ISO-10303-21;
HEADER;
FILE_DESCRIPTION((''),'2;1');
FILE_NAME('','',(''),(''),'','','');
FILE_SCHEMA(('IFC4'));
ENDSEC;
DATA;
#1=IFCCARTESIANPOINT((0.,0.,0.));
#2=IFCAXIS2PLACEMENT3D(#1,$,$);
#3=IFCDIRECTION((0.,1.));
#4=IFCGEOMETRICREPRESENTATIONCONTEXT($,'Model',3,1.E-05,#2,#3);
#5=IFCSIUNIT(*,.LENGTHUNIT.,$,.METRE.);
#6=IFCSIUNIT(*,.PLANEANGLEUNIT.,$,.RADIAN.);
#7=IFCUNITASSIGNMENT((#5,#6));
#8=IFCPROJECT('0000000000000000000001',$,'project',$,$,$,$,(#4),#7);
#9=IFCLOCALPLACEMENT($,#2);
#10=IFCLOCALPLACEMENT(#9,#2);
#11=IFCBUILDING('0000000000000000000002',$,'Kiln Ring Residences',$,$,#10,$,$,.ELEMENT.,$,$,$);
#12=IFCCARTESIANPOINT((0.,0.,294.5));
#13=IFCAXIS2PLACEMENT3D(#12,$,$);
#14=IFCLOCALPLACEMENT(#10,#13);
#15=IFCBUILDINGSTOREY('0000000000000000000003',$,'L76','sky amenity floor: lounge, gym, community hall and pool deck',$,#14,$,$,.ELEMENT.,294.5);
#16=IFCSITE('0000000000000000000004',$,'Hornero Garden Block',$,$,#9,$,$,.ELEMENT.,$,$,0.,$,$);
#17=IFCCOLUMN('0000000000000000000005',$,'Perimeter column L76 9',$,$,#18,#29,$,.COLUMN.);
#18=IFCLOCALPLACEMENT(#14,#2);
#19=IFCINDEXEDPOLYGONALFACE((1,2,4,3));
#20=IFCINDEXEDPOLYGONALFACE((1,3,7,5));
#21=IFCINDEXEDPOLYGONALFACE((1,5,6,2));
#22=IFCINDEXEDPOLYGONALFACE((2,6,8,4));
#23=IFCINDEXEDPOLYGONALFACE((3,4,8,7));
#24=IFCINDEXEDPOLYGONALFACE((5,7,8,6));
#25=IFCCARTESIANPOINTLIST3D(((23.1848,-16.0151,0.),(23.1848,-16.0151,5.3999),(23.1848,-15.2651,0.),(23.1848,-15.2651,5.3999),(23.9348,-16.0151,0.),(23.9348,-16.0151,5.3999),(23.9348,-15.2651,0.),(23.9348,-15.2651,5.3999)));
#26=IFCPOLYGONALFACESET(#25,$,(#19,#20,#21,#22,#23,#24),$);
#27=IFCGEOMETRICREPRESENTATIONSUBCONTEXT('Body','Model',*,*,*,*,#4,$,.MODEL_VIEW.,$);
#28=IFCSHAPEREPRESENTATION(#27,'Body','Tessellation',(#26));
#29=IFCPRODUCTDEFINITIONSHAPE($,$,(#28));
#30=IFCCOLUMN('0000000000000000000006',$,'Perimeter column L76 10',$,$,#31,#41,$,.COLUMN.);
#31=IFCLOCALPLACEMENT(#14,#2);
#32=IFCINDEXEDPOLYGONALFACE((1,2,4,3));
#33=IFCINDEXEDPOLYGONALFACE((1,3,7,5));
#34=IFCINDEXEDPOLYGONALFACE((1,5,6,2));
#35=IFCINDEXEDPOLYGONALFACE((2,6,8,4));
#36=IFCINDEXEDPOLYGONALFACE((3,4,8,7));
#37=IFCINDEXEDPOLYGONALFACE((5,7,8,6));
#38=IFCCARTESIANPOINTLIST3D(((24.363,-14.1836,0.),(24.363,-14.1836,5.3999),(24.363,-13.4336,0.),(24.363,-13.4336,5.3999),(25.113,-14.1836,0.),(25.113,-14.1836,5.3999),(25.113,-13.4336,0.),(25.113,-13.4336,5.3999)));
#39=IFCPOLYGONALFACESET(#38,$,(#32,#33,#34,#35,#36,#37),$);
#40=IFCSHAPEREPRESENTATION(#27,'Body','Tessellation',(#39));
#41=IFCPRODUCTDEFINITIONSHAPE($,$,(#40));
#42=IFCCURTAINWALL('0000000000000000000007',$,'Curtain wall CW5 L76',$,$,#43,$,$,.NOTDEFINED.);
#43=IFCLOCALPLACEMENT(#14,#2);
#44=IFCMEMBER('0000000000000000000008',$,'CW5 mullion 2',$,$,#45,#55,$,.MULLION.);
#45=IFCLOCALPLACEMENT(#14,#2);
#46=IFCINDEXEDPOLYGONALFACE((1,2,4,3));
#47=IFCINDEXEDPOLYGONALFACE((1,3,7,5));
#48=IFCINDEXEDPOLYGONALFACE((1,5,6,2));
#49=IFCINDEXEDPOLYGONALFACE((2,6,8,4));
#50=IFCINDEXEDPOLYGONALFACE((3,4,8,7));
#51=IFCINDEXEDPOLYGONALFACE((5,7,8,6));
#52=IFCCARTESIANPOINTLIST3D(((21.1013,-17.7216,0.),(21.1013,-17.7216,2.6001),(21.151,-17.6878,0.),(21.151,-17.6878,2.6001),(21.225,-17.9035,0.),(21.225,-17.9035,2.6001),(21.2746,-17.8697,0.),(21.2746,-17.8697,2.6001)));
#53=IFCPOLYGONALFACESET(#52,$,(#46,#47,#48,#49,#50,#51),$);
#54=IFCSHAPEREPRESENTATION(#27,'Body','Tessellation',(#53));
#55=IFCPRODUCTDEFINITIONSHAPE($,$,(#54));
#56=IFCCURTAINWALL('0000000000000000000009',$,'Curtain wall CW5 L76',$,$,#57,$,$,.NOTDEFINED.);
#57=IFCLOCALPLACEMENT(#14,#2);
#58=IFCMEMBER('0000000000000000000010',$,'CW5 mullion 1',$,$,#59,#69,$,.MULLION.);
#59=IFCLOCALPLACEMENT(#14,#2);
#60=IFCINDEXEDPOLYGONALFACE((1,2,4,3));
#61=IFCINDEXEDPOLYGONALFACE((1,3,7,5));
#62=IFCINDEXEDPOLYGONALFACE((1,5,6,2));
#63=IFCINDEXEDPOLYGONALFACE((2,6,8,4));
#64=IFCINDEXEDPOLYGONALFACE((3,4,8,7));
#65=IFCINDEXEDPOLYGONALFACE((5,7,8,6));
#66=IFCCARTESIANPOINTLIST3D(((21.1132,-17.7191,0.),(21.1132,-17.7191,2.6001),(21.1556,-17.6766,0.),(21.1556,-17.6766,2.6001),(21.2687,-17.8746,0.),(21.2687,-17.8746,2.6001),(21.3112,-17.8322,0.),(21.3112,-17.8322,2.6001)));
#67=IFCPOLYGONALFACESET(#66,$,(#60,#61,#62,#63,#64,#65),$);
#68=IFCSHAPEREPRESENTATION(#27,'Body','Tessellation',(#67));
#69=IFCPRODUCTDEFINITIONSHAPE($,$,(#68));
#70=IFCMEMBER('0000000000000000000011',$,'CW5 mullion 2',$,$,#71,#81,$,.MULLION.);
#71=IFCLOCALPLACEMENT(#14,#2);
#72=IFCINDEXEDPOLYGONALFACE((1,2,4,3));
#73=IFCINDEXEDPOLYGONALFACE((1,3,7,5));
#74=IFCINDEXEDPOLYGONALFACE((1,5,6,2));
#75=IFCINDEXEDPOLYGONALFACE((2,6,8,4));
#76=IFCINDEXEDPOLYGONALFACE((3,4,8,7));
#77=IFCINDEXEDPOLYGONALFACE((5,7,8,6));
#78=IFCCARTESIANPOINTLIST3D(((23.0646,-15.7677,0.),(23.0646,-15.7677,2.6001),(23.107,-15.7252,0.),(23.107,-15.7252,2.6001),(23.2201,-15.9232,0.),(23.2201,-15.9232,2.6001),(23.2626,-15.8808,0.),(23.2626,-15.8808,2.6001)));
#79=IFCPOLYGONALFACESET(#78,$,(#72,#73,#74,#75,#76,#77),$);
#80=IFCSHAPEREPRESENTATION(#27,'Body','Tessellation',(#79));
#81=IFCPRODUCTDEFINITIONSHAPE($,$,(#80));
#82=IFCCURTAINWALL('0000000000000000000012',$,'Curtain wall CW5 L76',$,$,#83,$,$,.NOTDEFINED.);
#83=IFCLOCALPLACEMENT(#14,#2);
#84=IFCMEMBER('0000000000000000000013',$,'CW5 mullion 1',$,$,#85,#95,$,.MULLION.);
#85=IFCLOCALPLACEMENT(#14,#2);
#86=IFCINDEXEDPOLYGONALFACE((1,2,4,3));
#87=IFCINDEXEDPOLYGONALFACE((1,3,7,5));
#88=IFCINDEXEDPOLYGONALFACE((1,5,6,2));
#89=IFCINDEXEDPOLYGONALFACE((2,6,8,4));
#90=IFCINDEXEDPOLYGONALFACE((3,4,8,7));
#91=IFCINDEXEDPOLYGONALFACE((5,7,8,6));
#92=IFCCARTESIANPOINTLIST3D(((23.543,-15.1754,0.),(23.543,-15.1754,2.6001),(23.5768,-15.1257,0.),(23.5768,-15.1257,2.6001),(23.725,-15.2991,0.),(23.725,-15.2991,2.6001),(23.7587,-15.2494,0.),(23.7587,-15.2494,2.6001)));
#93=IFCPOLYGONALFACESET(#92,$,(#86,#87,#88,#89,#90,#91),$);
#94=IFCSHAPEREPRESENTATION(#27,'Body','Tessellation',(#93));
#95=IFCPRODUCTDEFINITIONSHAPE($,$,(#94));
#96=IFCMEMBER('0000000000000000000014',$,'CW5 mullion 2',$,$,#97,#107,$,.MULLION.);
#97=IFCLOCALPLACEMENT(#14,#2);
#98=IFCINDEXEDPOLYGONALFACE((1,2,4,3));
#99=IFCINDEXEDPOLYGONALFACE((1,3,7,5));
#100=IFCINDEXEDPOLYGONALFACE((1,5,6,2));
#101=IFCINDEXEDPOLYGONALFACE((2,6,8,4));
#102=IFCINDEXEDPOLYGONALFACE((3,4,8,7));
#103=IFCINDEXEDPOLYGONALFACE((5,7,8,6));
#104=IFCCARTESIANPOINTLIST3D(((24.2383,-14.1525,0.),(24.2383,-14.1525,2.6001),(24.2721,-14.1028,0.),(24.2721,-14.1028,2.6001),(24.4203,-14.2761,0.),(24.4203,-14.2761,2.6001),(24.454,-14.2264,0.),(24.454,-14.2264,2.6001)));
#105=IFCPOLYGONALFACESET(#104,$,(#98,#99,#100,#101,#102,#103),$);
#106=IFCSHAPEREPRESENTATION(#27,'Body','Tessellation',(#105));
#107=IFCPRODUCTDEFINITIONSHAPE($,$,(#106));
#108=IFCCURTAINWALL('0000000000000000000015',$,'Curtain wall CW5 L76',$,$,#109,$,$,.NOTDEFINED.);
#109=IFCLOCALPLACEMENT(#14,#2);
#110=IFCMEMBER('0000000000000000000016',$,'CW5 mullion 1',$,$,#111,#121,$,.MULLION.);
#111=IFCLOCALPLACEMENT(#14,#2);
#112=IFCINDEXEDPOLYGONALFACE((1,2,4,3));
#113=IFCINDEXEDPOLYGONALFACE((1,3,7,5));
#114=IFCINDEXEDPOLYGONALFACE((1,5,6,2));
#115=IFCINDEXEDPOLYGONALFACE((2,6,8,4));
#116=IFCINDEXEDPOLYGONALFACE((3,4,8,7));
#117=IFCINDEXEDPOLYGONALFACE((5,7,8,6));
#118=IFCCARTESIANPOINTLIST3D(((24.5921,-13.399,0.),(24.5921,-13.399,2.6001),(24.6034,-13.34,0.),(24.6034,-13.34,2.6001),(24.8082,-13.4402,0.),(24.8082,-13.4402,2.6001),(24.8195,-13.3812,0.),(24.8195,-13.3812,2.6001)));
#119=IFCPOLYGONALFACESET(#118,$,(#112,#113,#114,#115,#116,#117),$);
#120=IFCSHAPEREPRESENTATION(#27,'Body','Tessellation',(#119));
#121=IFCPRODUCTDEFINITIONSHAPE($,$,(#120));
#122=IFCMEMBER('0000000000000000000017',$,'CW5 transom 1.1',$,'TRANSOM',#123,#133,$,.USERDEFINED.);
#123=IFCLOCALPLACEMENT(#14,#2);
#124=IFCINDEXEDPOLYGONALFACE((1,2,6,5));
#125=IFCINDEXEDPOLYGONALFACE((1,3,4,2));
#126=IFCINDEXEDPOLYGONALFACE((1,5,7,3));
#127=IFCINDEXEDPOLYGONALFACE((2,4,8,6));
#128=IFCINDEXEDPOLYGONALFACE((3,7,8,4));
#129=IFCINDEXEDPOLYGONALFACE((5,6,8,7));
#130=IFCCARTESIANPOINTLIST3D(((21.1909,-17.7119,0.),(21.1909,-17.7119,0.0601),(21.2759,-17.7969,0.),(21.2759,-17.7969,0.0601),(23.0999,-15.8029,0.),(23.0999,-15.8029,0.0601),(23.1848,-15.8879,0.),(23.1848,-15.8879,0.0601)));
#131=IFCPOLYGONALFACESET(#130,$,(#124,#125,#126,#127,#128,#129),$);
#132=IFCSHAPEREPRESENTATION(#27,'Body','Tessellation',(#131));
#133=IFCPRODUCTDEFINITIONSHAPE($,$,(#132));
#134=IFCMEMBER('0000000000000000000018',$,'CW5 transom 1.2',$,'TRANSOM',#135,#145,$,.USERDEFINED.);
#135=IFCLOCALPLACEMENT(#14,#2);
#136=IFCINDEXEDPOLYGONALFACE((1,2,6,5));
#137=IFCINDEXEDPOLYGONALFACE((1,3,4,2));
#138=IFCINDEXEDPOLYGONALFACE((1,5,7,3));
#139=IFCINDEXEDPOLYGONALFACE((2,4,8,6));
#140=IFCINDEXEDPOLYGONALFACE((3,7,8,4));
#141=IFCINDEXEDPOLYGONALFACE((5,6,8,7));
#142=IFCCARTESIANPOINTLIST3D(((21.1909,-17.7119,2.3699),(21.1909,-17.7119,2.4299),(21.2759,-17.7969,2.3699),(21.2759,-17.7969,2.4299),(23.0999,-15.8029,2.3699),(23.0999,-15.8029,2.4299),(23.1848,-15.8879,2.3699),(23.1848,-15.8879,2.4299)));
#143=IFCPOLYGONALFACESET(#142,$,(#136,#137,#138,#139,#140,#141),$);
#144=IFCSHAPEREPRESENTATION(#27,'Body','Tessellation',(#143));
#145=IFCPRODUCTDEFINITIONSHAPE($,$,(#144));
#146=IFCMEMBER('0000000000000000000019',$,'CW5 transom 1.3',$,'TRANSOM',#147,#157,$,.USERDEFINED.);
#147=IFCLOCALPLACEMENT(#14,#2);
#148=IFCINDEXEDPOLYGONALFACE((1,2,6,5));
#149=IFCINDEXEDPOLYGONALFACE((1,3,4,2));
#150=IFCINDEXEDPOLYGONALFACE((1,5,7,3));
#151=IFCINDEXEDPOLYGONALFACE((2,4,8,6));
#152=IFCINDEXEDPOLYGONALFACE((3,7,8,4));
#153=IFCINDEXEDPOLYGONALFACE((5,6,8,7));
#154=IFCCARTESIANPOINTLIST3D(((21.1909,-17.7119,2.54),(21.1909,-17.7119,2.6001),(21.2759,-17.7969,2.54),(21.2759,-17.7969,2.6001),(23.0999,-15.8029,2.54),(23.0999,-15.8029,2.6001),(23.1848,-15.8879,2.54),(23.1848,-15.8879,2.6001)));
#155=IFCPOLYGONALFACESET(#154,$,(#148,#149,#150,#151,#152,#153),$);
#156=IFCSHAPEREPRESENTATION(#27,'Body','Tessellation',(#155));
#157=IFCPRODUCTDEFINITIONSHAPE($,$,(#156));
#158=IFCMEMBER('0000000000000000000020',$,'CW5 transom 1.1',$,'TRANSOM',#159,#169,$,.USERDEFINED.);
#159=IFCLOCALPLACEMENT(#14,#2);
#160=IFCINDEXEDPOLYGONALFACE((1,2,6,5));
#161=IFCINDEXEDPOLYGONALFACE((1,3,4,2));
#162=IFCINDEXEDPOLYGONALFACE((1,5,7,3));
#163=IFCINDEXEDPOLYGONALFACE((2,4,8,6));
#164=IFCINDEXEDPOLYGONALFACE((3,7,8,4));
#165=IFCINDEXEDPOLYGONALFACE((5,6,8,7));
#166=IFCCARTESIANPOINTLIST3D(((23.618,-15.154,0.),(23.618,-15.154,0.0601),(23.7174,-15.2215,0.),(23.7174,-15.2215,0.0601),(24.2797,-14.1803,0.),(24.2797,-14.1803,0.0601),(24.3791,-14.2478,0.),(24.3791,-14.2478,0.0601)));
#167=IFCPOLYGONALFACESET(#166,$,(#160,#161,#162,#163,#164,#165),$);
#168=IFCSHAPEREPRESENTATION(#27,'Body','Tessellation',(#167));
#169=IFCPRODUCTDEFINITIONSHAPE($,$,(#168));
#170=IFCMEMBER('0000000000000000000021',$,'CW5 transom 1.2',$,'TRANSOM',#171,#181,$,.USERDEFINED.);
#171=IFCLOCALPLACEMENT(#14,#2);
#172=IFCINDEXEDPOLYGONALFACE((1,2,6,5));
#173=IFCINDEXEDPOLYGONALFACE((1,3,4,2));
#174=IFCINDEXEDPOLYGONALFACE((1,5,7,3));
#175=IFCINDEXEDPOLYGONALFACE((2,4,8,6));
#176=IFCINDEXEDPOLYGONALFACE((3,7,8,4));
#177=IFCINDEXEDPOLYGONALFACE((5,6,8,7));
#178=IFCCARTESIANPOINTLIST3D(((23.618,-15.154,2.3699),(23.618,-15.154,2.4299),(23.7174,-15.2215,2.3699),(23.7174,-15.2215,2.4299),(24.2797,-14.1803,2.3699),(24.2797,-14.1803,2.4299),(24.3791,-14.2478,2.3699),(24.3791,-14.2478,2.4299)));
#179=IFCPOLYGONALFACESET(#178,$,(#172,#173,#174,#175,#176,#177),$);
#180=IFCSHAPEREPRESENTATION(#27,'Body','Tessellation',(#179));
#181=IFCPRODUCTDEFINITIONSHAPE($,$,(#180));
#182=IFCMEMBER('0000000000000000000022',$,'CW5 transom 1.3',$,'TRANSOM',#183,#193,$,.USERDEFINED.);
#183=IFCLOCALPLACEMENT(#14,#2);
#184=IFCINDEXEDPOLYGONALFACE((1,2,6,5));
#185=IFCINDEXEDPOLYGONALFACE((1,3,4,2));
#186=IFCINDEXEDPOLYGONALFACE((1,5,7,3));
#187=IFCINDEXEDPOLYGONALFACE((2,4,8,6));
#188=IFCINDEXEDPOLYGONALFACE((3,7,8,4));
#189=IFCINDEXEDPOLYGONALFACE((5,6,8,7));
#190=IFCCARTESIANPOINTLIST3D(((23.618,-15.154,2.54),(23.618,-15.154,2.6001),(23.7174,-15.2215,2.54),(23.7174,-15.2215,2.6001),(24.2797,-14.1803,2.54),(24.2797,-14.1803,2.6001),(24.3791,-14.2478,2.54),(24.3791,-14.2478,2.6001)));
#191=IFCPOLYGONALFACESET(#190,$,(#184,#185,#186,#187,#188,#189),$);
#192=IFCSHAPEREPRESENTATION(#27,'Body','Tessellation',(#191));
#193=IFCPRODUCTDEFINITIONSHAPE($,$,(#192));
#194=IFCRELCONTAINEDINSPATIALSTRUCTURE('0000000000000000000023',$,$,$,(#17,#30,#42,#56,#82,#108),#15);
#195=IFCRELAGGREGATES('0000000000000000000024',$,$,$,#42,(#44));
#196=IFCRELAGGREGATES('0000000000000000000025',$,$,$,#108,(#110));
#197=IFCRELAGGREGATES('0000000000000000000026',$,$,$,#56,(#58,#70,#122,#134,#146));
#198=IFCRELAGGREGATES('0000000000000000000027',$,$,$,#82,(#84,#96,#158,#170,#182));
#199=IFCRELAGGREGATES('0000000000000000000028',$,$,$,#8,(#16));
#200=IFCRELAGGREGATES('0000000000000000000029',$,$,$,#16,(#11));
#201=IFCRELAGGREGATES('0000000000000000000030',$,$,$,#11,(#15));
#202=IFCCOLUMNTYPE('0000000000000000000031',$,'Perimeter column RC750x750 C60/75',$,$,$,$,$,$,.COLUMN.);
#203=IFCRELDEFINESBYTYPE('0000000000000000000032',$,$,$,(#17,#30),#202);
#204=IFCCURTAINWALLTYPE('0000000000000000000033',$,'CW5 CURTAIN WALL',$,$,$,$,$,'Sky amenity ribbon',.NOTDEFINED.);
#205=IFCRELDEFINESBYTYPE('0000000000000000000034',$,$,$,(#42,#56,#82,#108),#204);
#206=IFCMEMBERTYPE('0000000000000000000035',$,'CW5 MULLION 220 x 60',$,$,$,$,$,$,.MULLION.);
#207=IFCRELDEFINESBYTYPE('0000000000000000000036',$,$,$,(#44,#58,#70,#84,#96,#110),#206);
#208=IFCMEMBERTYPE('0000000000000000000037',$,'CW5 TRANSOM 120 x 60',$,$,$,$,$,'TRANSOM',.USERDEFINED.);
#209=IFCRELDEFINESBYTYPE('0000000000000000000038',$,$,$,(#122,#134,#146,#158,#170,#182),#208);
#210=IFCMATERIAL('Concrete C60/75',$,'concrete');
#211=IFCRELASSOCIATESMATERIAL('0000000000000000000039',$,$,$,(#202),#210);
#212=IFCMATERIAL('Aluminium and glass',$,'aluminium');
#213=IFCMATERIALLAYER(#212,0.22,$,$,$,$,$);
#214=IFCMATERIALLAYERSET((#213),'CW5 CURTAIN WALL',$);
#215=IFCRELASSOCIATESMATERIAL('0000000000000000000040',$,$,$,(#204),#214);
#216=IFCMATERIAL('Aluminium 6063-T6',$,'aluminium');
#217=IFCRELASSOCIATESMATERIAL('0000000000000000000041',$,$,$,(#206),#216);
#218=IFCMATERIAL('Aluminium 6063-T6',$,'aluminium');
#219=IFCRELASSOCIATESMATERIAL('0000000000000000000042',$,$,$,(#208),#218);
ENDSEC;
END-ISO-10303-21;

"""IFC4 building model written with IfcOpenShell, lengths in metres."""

from ifc_helpers import new_model, si_unit, direction, frame, origin, origin_2d, place, context, subcontext, project, spatial, rectangle, extrude, material, layer, layer_set, material_profile, profile_set, type_object, element, aggregate, save


model = new_model("IFC4")

# Units and contexts
model_context = context("Model", 3, precision=1e-05, world=origin(), true_north=direction((0.0, 1.0)))
body_context = subcontext(model_context, "Body", "Model", "MODEL_VIEW")
ifc_project = project(units=[si_unit("LENGTHUNIT", "METRE"), si_unit("PLANEANGLEUNIT", "RADIAN")], contexts=[model_context])

# Site, building, storey
site_placement = place(None, origin())
site = spatial("IfcSite", under=ifc_project, at=site_placement, Name="Hornero Garden Block", CompositionType="ELEMENT", RefElevation=0.0)
building_placement = place(site_placement, origin())
building = spatial("IfcBuilding", under=site, at=building_placement, Name="Kiln Ring Residences", CompositionType="ELEMENT")
storey_placement = place(building_placement, frame((0.0, 0.0, 294.5)))
storey = spatial("IfcBuildingStorey", under=building, at=storey_placement, Name="L76", Description="sky amenity floor: lounge, gym, community hall and pool deck", CompositionType="ELEMENT", Elevation=294.5)

# Columns
ifc_material_1 = material(Name="Concrete C60/75", Category="concrete")
ifc_material_profile_1 = material_profile(ifc_material_1, rectangle(XDim=0.75, YDim=0.75, at=origin_2d()), Name="RC750x750")
ifc_profile_set_1 = profile_set([ifc_material_profile_1], Name="Concrete C60/75")
column_type = type_object("IfcColumnType", Name="Perimeter column RC750x750 C60/75", PredefinedType="COLUMN", material=ifc_profile_set_1)
for number, where, z_axis, x_axis, name in (
    (1, (23.5598, -15.6401, 0.0), (0.0, 0.0, 1.0), (1.0, 0.0, 0.0), "Perimeter column L76 9"),
    (2, (24.738, -13.8086, 0.0), (0.0, 0.0, 1.0), (1.0, 0.0, 0.0), "Perimeter column L76 10"),
):
    element("IfcColumn", number, at=place(storey_placement, frame(where, z_axis=z_axis, x_axis=x_axis)), inside=storey, type_object=column_type, Name=name, PredefinedType="COLUMN", context=body_context, shape_type="SweptSolid", body=[
        extrude(rectangle(XDim=0.75, YDim=0.75, at=origin_2d()), origin(), (0.0, 0.0, 1.0), 5.3999),
    ])

# Curtain wall, member
ifc_material_2 = material(Name="Aluminium and glass", Category="aluminium")
ifc_layer_1 = layer(ifc_material_2, 0.22)
ifc_layer_set_1 = layer_set([ifc_layer_1], Name="CW5 CURTAIN WALL")
curtain_wall_type = type_object("IfcCurtainWallType", Name="CW5 CURTAIN WALL", ElementType="Sky amenity ribbon", PredefinedType="NOTDEFINED", material=ifc_layer_set_1)
placement = place(storey_placement, origin())
curtain_wall_1 = element("IfcCurtainWall", 3, at=placement, inside=storey, type_object=curtain_wall_type, Name="Curtain wall CW5 L76", PredefinedType="NOTDEFINED")
ifc_material_3 = material(Name="Aluminium 6063-T6", Category="aluminium")
ifc_material_profile_2 = material_profile(ifc_material_3, rectangle(XDim=0.22, YDim=0.0601, at=origin_2d()), Name="AL 220x60")
ifc_profile_set_2 = profile_set([ifc_material_profile_2], Name="Aluminium 6063-T6")
member_type_1 = type_object("IfcMemberType", Name="CW5 MULLION 220 x 60", PredefinedType="MULLION", material=ifc_profile_set_2)
member_1_placement = place(storey_placement, frame((21.188, -17.7957, 0.0), z_axis=(0.0, 0.0, 1.0), x_axis=(-0.562097, 0.827072, 0.0)))
member_1 = element("IfcMember", 4, at=member_1_placement, type_object=member_type_1, Name="CW5 mullion 2", PredefinedType="MULLION", context=body_context, shape_type="SweptSolid", body=[
    extrude(rectangle(XDim=0.22, YDim=0.0601, at=origin_2d()), origin(), (0.0, 0.0, 1.0), 2.6001),
])
aggregate(curtain_wall_1, [member_1])

# Curtain walls, members
curtain_wall_2 = element("IfcCurtainWall", 5, at=placement, inside=storey, type_object=curtain_wall_type, Name="Curtain wall CW5 L76", PredefinedType="NOTDEFINED")
member_2_placement = place(storey_placement, frame((21.2122, -17.7756, 0.0), z_axis=(0.0, 0.0, 1.0), x_axis=(-0.707107, 0.707107, 0.0)))
member_2 = element("IfcMember", 6, at=member_2_placement, type_object=member_type_1, Name="CW5 mullion 1", PredefinedType="MULLION", context=body_context, shape_type="SweptSolid", body=[
    extrude(rectangle(XDim=0.22, YDim=0.0601, at=origin_2d()), origin(), (0.0, 0.0, 1.0), 2.6001),
])
member_3_placement = place(storey_placement, frame((23.1636, -15.8242, 0.0), z_axis=(0.0, 0.0, 1.0), x_axis=(-0.707107, 0.707107, 0.0)))
member_3 = element("IfcMember", 7, at=member_3_placement, type_object=member_type_1, Name="CW5 mullion 2", PredefinedType="MULLION", context=body_context, shape_type="SweptSolid", body=[
    extrude(rectangle(XDim=0.22, YDim=0.0601, at=origin_2d()), origin(), (0.0, 0.0, 1.0), 2.6001),
])
curtain_wall_3 = element("IfcCurtainWall", 8, at=placement, inside=storey, type_object=curtain_wall_type, Name="Curtain wall CW5 L76", PredefinedType="NOTDEFINED")
member_4_placement = place(storey_placement, frame((23.6509, -15.2124, 0.0), z_axis=(0.0, 0.0, 1.0), x_axis=(-0.827072, 0.562097, 0.0)))
member_4 = element("IfcMember", 9, at=member_4_placement, type_object=member_type_1, Name="CW5 mullion 1", PredefinedType="MULLION", context=body_context, shape_type="SweptSolid", body=[
    extrude(rectangle(XDim=0.22, YDim=0.0601, at=origin_2d()), origin(), (0.0, 0.0, 1.0), 2.6001),
])
member_5_placement = place(storey_placement, frame((24.3462, -14.1895, 0.0), z_axis=(0.0, 0.0, 1.0), x_axis=(-0.827072, 0.562097, 0.0)))
member_5 = element("IfcMember", 10, at=member_5_placement, type_object=member_type_1, Name="CW5 mullion 2", PredefinedType="MULLION", context=body_context, shape_type="SweptSolid", body=[
    extrude(rectangle(XDim=0.22, YDim=0.0601, at=origin_2d()), origin(), (0.0, 0.0, 1.0), 2.6001),
])

# Curtain wall, member
curtain_wall_4 = element("IfcCurtainWall", 11, at=placement, inside=storey, type_object=curtain_wall_type, Name="Curtain wall CW5 L76", PredefinedType="NOTDEFINED")
member_6_placement = place(storey_placement, frame((24.7058, -13.3901, 0.0), z_axis=(0.0, 0.0, 1.0), x_axis=(-0.98229, 0.187366, 0.0)))
member_6 = element("IfcMember", 12, at=member_6_placement, type_object=member_type_1, Name="CW5 mullion 1", PredefinedType="MULLION", context=body_context, shape_type="SweptSolid", body=[
    extrude(rectangle(XDim=0.22, YDim=0.0601, at=origin_2d()), origin(), (0.0, 0.0, 1.0), 2.6001),
])

# Members
ifc_material_4 = material(Name="Aluminium 6063-T6", Category="aluminium")
ifc_material_profile_3 = material_profile(ifc_material_4, rectangle(XDim=0.1201, YDim=0.0601, at=origin_2d()), Name="AL 120x60")
ifc_profile_set_3 = profile_set([ifc_material_profile_3], Name="Aluminium 6063-T6")
member_type_2 = type_object("IfcMemberType", Name="CW5 TRANSOM 120 x 60", ElementType="TRANSOM", PredefinedType="USERDEFINED", material=ifc_profile_set_3)
member_7_placement = place(storey_placement, frame((21.2334, -17.7544, 0.03), z_axis=(0.707107, 0.707107, 0.0), x_axis=(-0.707107, 0.707107, 0.0)))
member_7 = element("IfcMember", 13, at=member_7_placement, type_object=member_type_2, Name="CW5 transom 1.1", ObjectType="TRANSOM", PredefinedType="USERDEFINED", context=body_context, shape_type="SweptSolid", body=[
    extrude(rectangle(XDim=0.1201, YDim=0.0601, at=origin_2d()), origin(), (0.0, 0.0, 1.0), 2.6997),
])
member_8_placement = place(storey_placement, frame((21.2334, -17.7544, 2.3999), z_axis=(0.707107, 0.707107, 0.0), x_axis=(-0.707107, 0.707107, 0.0)))
member_8 = element("IfcMember", 14, at=member_8_placement, type_object=member_type_2, Name="CW5 transom 1.2", ObjectType="TRANSOM", PredefinedType="USERDEFINED", context=body_context, shape_type="SweptSolid", body=[
    extrude(rectangle(XDim=0.1201, YDim=0.0601, at=origin_2d()), origin(), (0.0, 0.0, 1.0), 2.6997),
])
member_9_placement = place(storey_placement, frame((21.2334, -17.7544, 2.5701), z_axis=(0.707107, 0.707107, 0.0), x_axis=(-0.707107, 0.707107, 0.0)))
member_9 = element("IfcMember", 15, at=member_9_placement, type_object=member_type_2, Name="CW5 transom 1.3", ObjectType="TRANSOM", PredefinedType="USERDEFINED", context=body_context, shape_type="SweptSolid", body=[
    extrude(rectangle(XDim=0.1201, YDim=0.0601, at=origin_2d()), origin(), (0.0, 0.0, 1.0), 2.6997),
])
member_10_placement = place(storey_placement, frame((23.6677, -15.1877, 0.03), z_axis=(0.562049, 0.827104, 0.0), x_axis=(-0.827104, 0.562049, 0.0)))
member_10 = element("IfcMember", 16, at=member_10_placement, type_object=member_type_2, Name="CW5 transom 1.1", ObjectType="TRANSOM", PredefinedType="USERDEFINED", context=body_context, shape_type="SweptSolid", body=[
    extrude(rectangle(XDim=0.1201, YDim=0.0601, at=origin_2d()), origin(), (0.0, 0.0, 1.0), 1.1772),
])
member_11_placement = place(storey_placement, frame((23.6677, -15.1877, 2.3999), z_axis=(0.562049, 0.827104, 0.0), x_axis=(-0.827104, 0.562049, 0.0)))
member_11 = element("IfcMember", 17, at=member_11_placement, type_object=member_type_2, Name="CW5 transom 1.2", ObjectType="TRANSOM", PredefinedType="USERDEFINED", context=body_context, shape_type="SweptSolid", body=[
    extrude(rectangle(XDim=0.1201, YDim=0.0601, at=origin_2d()), origin(), (0.0, 0.0, 1.0), 1.1772),
])
member_12_placement = place(storey_placement, frame((23.6677, -15.1877, 2.5701), z_axis=(0.562049, 0.827104, 0.0), x_axis=(-0.827104, 0.562049, 0.0)))
member_12 = element("IfcMember", 18, at=member_12_placement, type_object=member_type_2, Name="CW5 transom 1.3", ObjectType="TRANSOM", PredefinedType="USERDEFINED", context=body_context, shape_type="SweptSolid", body=[
    extrude(rectangle(XDim=0.1201, YDim=0.0601, at=origin_2d()), origin(), (0.0, 0.0, 1.0), 1.1772),
])
aggregate(curtain_wall_4, [member_6])

aggregate(curtain_wall_2, [member_2, member_3, member_7, member_8, member_9])
aggregate(curtain_wall_3, [member_4, member_5, member_10, member_11, member_12])

save(model, "model.ifc")
